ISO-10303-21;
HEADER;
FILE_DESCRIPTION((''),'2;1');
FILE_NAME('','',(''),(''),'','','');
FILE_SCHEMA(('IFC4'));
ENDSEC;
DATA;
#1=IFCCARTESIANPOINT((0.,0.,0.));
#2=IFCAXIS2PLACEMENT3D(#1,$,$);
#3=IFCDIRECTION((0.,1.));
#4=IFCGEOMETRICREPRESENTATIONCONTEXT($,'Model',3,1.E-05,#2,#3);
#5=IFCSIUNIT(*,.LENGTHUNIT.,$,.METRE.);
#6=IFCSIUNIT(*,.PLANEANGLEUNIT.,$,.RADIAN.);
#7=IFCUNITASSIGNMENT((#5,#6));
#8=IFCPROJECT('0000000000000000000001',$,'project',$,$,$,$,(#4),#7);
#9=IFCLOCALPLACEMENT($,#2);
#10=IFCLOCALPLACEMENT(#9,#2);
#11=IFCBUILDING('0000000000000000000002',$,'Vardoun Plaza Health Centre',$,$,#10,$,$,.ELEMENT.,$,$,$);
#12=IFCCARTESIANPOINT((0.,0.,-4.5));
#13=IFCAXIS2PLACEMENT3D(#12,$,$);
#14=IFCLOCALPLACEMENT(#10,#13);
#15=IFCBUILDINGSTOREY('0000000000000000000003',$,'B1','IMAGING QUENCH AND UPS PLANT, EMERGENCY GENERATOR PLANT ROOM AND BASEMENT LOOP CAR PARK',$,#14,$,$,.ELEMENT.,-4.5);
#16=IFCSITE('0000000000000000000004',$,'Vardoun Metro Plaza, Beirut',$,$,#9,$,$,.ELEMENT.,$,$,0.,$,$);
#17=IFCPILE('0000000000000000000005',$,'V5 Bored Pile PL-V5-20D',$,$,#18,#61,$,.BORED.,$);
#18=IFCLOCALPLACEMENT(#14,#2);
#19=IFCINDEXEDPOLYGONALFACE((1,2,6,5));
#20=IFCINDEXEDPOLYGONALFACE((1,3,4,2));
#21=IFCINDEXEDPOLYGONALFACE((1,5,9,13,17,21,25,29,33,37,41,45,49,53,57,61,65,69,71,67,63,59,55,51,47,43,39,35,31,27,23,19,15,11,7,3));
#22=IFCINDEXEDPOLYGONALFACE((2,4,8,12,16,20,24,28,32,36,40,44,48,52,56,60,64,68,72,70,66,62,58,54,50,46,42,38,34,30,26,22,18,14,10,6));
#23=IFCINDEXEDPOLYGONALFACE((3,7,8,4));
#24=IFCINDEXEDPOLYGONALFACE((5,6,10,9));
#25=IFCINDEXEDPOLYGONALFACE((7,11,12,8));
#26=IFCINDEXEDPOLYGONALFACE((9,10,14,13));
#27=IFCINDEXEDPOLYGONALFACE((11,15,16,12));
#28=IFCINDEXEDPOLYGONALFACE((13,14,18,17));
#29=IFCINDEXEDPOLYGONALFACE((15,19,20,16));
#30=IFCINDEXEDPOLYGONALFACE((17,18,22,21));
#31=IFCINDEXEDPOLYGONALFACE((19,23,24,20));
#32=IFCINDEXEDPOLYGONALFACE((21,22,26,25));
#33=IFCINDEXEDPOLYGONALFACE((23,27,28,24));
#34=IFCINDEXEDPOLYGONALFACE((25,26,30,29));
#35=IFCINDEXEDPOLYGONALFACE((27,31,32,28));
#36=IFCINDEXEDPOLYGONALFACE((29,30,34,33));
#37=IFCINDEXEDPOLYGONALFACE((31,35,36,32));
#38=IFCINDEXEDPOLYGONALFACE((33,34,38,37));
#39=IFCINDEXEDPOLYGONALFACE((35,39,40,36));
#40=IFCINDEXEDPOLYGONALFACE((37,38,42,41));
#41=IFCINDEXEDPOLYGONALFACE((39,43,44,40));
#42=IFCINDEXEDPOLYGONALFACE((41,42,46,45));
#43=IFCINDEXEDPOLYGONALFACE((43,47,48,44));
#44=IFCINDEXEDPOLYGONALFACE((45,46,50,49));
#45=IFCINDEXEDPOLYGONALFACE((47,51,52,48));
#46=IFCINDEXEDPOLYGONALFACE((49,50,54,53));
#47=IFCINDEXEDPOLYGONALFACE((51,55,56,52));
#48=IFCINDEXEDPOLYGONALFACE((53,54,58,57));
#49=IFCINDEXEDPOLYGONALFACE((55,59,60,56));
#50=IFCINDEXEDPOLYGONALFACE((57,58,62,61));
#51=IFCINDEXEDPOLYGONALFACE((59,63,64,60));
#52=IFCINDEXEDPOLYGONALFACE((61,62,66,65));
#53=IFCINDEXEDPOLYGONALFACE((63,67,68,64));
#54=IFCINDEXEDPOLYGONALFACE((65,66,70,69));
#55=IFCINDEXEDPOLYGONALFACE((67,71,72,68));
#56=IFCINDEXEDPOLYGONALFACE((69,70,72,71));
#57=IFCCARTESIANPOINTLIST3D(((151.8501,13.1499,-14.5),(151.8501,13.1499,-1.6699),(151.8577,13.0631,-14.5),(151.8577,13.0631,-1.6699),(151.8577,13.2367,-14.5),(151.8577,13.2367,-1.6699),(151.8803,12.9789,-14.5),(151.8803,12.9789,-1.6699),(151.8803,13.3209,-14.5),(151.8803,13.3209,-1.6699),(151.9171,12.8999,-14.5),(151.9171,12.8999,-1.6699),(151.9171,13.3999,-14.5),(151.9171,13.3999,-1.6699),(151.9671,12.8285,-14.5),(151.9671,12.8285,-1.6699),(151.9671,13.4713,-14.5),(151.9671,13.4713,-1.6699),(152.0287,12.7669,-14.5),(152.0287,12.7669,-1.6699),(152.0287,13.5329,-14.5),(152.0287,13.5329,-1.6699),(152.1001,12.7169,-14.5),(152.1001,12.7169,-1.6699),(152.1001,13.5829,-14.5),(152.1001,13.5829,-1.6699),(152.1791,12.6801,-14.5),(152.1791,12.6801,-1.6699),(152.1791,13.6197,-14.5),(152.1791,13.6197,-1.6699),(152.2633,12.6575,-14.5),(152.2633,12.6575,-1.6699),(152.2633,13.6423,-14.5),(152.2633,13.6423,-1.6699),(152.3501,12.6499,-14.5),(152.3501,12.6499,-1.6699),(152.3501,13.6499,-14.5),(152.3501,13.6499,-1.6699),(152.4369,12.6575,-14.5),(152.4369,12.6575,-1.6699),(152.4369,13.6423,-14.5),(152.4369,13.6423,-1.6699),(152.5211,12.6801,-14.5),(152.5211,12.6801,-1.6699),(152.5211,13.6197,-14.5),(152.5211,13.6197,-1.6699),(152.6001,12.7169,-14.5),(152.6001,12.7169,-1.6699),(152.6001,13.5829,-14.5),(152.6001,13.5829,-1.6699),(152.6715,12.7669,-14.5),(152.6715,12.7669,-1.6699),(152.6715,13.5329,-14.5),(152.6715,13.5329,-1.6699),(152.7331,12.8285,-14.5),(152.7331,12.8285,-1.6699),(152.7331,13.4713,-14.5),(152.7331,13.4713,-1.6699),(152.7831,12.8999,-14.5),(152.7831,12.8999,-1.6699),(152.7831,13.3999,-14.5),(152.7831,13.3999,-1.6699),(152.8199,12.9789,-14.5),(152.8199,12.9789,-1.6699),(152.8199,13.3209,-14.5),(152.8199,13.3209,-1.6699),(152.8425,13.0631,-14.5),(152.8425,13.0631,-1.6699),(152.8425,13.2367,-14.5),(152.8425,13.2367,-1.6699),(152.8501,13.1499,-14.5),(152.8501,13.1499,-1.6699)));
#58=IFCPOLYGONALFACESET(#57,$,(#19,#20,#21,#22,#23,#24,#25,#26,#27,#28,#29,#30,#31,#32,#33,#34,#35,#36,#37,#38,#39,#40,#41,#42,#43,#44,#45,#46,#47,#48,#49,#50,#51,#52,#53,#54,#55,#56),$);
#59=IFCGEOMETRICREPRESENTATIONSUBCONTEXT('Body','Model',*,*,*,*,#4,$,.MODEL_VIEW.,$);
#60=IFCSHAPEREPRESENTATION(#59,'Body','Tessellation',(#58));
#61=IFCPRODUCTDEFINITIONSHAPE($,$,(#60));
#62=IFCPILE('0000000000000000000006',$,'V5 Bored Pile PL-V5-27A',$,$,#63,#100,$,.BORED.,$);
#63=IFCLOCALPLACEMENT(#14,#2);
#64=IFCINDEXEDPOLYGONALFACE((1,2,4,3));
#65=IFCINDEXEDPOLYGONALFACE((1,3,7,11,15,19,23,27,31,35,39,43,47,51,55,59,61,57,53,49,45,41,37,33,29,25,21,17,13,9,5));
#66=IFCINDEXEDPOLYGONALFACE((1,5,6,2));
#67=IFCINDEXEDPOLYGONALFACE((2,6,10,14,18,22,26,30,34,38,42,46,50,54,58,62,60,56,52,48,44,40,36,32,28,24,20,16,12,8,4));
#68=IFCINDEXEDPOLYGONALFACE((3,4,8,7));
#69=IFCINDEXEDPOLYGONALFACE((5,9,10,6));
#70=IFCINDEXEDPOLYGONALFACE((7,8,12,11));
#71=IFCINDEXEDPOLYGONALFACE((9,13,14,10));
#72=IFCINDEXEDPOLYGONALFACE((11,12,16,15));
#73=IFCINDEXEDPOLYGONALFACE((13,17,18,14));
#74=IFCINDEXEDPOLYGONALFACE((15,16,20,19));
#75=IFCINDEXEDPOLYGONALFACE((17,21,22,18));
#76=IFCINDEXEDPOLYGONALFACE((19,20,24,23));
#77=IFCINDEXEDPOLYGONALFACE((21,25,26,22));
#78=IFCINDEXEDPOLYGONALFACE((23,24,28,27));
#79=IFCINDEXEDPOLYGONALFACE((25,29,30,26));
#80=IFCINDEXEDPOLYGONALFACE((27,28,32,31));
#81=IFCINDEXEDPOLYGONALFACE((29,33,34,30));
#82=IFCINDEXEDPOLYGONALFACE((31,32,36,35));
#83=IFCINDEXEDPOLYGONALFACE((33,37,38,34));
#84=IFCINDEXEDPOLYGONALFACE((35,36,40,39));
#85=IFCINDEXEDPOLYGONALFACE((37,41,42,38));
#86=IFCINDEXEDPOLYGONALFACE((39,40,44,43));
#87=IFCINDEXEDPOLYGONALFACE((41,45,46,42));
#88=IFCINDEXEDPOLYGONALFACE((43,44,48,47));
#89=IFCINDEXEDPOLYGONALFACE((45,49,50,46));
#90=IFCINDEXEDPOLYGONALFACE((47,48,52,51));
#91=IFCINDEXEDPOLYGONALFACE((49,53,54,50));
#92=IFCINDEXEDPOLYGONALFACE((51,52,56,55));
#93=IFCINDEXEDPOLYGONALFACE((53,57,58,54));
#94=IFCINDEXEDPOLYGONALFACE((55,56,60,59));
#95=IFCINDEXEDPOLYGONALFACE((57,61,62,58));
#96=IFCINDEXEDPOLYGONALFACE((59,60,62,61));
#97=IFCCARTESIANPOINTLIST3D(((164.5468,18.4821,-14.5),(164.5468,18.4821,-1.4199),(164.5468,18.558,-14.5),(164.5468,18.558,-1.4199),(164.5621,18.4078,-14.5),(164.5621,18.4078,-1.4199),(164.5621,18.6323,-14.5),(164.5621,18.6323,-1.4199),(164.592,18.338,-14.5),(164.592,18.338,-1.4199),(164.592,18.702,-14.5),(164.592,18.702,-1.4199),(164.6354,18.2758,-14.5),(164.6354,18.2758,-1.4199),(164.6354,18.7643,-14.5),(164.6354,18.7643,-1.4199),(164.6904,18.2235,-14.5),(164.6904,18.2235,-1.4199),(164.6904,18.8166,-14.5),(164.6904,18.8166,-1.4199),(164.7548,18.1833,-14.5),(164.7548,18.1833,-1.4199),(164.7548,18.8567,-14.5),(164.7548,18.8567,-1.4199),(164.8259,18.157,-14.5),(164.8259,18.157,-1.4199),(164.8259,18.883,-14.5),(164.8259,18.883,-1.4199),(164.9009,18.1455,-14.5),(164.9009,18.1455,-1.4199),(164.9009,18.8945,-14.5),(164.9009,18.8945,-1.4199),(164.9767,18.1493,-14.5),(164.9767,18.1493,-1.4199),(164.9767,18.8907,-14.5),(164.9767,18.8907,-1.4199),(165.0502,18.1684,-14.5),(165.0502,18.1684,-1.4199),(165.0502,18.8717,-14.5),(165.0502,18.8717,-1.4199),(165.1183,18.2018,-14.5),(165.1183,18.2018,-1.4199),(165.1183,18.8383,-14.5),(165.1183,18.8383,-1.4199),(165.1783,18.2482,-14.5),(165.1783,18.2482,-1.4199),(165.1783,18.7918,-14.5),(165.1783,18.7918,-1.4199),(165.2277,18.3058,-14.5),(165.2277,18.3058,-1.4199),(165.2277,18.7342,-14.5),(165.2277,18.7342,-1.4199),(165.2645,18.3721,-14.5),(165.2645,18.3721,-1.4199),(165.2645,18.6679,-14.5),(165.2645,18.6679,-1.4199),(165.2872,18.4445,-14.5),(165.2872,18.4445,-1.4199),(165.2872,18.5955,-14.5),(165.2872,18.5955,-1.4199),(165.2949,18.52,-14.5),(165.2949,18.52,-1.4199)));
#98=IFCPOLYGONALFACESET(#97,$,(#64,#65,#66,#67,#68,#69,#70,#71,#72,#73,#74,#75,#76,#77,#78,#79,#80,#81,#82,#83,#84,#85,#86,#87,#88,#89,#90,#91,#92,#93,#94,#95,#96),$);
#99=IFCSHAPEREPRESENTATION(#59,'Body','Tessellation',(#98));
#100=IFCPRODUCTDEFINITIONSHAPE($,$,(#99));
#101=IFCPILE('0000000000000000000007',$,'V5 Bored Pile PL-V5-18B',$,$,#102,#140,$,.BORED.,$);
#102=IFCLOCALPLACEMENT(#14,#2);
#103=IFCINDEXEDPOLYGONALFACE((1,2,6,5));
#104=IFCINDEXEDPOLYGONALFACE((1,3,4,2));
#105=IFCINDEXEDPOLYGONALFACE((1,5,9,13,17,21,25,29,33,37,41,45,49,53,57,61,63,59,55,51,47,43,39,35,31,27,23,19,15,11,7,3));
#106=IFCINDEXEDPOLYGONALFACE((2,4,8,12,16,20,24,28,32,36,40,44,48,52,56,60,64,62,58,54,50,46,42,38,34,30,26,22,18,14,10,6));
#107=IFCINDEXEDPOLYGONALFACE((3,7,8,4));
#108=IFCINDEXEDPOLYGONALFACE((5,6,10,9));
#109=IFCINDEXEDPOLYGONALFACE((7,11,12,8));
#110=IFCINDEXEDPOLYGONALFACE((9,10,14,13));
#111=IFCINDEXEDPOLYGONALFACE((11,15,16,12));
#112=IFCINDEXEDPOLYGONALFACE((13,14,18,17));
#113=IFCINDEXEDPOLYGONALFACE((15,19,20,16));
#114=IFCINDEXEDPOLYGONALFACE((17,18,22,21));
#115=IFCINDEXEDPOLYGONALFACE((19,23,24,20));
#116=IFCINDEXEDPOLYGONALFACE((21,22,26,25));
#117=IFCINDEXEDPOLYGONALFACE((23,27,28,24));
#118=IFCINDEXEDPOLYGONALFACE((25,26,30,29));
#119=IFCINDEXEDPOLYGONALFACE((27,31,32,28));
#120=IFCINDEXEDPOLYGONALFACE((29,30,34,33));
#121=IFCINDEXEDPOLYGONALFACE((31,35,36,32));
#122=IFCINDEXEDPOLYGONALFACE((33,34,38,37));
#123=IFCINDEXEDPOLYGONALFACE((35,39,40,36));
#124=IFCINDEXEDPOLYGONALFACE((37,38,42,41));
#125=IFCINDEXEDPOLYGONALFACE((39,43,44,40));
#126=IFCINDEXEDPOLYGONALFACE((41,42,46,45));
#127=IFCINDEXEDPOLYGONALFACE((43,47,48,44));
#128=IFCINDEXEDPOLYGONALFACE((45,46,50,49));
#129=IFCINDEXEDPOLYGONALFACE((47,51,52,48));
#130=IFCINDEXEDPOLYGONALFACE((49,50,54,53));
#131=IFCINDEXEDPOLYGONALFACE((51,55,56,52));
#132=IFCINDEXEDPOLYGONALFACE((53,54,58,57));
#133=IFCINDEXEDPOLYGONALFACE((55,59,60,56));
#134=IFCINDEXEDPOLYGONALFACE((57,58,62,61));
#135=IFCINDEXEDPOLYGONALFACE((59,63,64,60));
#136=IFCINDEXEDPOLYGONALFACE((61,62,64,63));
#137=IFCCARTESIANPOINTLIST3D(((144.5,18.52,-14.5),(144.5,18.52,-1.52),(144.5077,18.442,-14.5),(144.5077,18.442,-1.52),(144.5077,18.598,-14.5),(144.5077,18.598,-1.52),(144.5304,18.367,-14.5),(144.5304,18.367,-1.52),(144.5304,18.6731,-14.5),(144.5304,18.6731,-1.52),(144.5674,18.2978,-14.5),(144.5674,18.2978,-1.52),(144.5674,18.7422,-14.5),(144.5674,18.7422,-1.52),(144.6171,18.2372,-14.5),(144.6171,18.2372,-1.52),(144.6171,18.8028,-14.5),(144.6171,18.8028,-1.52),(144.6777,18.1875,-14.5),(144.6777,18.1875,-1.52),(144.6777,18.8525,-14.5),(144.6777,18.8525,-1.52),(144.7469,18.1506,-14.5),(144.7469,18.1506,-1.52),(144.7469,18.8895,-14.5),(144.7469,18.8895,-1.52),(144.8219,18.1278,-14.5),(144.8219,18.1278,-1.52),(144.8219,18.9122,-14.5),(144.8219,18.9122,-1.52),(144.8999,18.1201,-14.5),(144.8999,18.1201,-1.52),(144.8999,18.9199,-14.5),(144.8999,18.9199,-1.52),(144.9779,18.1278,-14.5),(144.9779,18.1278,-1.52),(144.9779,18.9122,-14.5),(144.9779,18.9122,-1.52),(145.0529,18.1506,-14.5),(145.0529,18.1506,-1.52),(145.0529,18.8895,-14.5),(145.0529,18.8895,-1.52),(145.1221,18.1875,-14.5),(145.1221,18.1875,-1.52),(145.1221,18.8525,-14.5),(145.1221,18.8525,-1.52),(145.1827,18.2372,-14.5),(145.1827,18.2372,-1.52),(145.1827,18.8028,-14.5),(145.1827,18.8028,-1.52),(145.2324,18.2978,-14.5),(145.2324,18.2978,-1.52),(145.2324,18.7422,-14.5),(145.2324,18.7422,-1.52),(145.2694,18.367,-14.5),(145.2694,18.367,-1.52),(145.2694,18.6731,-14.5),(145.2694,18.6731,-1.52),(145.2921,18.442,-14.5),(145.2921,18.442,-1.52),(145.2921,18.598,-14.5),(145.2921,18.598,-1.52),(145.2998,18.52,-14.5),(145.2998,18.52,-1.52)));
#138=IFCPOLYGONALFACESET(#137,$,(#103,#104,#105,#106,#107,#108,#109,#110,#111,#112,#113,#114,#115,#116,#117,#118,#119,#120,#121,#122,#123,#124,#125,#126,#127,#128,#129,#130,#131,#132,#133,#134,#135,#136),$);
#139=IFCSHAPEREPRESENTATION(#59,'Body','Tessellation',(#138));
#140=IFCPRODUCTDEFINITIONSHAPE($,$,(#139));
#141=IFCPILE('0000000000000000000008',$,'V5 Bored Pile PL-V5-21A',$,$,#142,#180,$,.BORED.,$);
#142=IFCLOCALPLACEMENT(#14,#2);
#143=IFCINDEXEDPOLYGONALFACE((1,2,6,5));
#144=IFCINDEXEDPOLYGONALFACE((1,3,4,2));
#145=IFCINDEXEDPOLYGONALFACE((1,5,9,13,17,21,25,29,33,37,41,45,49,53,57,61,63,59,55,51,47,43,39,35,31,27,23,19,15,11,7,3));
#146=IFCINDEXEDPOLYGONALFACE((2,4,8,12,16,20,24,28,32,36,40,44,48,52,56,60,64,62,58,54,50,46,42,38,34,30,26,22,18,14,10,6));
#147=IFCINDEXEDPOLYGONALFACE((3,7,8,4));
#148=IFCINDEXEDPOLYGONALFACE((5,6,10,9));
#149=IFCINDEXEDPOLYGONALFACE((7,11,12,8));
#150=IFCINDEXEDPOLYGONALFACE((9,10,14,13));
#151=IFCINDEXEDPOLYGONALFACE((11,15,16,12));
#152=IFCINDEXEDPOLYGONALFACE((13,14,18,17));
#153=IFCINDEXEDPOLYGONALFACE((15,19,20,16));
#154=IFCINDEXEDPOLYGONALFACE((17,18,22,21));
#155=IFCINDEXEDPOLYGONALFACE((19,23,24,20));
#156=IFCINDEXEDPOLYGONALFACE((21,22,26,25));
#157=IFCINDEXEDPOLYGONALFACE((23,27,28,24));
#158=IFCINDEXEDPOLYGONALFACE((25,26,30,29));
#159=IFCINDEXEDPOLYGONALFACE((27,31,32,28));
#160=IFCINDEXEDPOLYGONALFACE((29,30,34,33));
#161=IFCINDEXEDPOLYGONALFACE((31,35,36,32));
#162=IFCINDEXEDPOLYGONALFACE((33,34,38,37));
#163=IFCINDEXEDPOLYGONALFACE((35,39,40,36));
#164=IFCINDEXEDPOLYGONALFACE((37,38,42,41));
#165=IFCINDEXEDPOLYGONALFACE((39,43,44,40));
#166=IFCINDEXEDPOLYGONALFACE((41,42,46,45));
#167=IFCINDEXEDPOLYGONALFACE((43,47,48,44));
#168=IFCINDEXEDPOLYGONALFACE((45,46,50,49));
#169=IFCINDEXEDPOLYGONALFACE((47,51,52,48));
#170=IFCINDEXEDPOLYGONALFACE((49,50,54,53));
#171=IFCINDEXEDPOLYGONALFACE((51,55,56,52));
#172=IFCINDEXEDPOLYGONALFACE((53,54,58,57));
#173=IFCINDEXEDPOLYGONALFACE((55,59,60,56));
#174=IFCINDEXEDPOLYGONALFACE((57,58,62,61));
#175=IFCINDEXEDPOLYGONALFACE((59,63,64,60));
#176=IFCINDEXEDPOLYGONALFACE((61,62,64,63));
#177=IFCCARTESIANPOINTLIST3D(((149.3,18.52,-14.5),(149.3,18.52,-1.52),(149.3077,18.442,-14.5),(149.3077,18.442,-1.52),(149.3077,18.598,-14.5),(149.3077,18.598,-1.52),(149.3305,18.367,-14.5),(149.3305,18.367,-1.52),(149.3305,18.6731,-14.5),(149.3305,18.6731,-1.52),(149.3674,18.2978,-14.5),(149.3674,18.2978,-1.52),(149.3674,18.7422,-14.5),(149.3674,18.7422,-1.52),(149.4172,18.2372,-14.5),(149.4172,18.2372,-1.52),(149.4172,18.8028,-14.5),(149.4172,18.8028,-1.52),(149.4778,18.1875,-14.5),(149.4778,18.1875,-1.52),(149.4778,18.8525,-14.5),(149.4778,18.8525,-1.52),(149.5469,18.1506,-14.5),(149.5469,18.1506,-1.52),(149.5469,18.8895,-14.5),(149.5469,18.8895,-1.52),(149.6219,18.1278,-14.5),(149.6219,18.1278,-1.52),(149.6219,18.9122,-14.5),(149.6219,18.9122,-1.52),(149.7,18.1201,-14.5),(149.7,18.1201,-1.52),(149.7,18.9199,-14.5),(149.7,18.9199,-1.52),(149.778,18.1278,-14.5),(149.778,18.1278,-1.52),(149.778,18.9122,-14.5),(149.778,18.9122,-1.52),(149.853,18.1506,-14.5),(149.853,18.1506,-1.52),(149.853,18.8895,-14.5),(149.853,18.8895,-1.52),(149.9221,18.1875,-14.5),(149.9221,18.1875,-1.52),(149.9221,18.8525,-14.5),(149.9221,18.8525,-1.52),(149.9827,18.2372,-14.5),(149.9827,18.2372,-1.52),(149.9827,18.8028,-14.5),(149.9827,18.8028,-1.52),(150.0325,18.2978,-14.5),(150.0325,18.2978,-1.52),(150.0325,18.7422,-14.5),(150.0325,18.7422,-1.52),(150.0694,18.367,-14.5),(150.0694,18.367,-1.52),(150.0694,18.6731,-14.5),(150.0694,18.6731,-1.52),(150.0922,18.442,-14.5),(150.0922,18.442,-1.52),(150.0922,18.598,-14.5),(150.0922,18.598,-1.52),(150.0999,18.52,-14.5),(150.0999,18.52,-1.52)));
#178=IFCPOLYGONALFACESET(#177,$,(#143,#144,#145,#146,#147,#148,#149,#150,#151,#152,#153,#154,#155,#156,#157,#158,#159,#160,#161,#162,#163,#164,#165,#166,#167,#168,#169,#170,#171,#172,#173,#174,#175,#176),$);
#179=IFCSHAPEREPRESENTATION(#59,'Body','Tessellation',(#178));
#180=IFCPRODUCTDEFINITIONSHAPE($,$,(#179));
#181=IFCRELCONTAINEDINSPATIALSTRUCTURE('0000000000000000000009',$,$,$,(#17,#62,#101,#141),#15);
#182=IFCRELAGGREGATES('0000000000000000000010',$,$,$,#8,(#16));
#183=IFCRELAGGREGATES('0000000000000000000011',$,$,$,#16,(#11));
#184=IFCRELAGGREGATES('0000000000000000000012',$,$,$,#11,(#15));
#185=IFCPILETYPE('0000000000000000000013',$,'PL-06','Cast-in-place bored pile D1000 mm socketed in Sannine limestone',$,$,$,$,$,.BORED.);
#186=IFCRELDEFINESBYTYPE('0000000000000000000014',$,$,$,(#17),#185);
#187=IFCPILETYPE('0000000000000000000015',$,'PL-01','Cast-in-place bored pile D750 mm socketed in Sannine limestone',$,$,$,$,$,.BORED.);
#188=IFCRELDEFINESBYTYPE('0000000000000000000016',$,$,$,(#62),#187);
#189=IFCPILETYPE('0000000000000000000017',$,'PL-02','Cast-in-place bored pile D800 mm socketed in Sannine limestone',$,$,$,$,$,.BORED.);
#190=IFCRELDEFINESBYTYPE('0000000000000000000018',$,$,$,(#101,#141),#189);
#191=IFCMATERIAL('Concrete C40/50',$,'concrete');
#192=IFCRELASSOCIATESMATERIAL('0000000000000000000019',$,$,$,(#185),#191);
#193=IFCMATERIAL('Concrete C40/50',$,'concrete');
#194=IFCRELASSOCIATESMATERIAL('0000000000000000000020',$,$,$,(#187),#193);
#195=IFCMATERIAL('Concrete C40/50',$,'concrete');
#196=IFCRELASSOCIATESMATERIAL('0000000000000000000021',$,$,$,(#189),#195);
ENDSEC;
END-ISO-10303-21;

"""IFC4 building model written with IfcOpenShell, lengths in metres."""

from ifc_helpers import new_model, si_unit, direction, frame, origin, origin_2d, place, context, subcontext, project, spatial, circle, extrude, material, material_profile, profile_set, type_object, element, save


model = new_model("IFC4")

# Units and contexts
model_context = context("Model", 3, precision=1e-05, world=origin(), true_north=direction((0.0, 1.0)))
body_context = subcontext(model_context, "Body", "Model", "MODEL_VIEW")
ifc_project = project(units=[si_unit("LENGTHUNIT", "METRE"), si_unit("PLANEANGLEUNIT", "RADIAN")], contexts=[model_context])

# Site, building, storey
site_placement = place(None, origin())
site = spatial("IfcSite", under=ifc_project, at=site_placement, Name="Vardoun Metro Plaza, Beirut", CompositionType="ELEMENT", RefElevation=0.0)
building_placement = place(site_placement, origin())
building = spatial("IfcBuilding", under=site, at=building_placement, Name="Vardoun Plaza Health Centre", CompositionType="ELEMENT")
storey_placement = place(building_placement, frame((0.0, 0.0, -4.5)))
storey = spatial("IfcBuildingStorey", under=building, at=storey_placement, Name="B1", Description="IMAGING QUENCH AND UPS PLANT, EMERGENCY GENERATOR PLANT ROOM AND BASEMENT LOOP CAR PARK", CompositionType="ELEMENT", Elevation=-4.5)

# Piles
ifc_material_1 = material(Name="Concrete C40/50", Category="concrete")
ifc_material_profile_1 = material_profile(ifc_material_1, circle(Radius=0.5, at=origin_2d()), Name="PILE D1000")
ifc_profile_set_1 = profile_set([ifc_material_profile_1], Name="Concrete C40/50")
pile_type_1 = type_object("IfcPileType", Name="PL-06", Description="Cast-in-place bored pile D1000 mm socketed in Sannine limestone", PredefinedType="BORED", material=ifc_profile_set_1)
for number, where, z_axis, x_axis, name in (
    (1, (152.3501, 13.1499, -1.6699), (0.0, 0.0, -1.0), (1.0, 0.0, 0.0), "V5 Bored Pile PL-V5-20D"),
):
    element("IfcPile", number, at=place(storey_placement, frame(where, z_axis=z_axis, x_axis=x_axis)), inside=storey, type_object=pile_type_1, Name=name, PredefinedType="BORED", context=body_context, shape_type="SweptSolid", body=[
        extrude(circle(Radius=0.5, at=origin_2d()), origin(), (0.0, 0.0, 1.0), 12.8301),
    ])
ifc_material_2 = material(Name="Concrete C40/50", Category="concrete")
ifc_material_profile_2 = material_profile(ifc_material_2, circle(Radius=0.375, at=origin_2d()), Name="PILE D750")
ifc_profile_set_2 = profile_set([ifc_material_profile_2], Name="Concrete C40/50")
pile_type_2 = type_object("IfcPileType", Name="PL-01", Description="Cast-in-place bored pile D750 mm socketed in Sannine limestone", PredefinedType="BORED", material=ifc_profile_set_2)
pile_1_placement = place(storey_placement, frame((164.9199, 18.52, -1.4199), z_axis=(0.0, 0.0, -1.0), x_axis=(1.0, 0.0, 0.0)))
element("IfcPile", 2, at=pile_1_placement, inside=storey, type_object=pile_type_2, Name="V5 Bored Pile PL-V5-27A", PredefinedType="BORED", context=body_context, shape_type="SweptSolid", body=[
    extrude(circle(Radius=0.375, at=origin_2d()), origin(), (0.0, 0.0, 1.0), 13.0801),
])
ifc_material_3 = material(Name="Concrete C40/50", Category="concrete")
ifc_material_profile_3 = material_profile(ifc_material_3, circle(Radius=0.3999, at=origin_2d()), Name="PILE D800")
ifc_profile_set_3 = profile_set([ifc_material_profile_3], Name="Concrete C40/50")
pile_type_3 = type_object("IfcPileType", Name="PL-02", Description="Cast-in-place bored pile D800 mm socketed in Sannine limestone", PredefinedType="BORED", material=ifc_profile_set_3)
for number, where, z_axis, x_axis, name in (
    (3, (144.8999, 18.52, -1.52), (0.0, 0.0, -1.0), (1.0, 0.0, 0.0), "V5 Bored Pile PL-V5-18B"),
    (4, (149.7, 18.52, -1.52), (0.0, 0.0, -1.0), (1.0, 0.0, 0.0), "V5 Bored Pile PL-V5-21A"),
):
    element("IfcPile", number, at=place(storey_placement, frame(where, z_axis=z_axis, x_axis=x_axis)), inside=storey, type_object=pile_type_3, Name=name, PredefinedType="BORED", context=body_context, shape_type="SweptSolid", body=[
        extrude(circle(Radius=0.3999, at=origin_2d()), origin(), (0.0, 0.0, 1.0), 12.98),
    ])

save(model, "model.ifc")
